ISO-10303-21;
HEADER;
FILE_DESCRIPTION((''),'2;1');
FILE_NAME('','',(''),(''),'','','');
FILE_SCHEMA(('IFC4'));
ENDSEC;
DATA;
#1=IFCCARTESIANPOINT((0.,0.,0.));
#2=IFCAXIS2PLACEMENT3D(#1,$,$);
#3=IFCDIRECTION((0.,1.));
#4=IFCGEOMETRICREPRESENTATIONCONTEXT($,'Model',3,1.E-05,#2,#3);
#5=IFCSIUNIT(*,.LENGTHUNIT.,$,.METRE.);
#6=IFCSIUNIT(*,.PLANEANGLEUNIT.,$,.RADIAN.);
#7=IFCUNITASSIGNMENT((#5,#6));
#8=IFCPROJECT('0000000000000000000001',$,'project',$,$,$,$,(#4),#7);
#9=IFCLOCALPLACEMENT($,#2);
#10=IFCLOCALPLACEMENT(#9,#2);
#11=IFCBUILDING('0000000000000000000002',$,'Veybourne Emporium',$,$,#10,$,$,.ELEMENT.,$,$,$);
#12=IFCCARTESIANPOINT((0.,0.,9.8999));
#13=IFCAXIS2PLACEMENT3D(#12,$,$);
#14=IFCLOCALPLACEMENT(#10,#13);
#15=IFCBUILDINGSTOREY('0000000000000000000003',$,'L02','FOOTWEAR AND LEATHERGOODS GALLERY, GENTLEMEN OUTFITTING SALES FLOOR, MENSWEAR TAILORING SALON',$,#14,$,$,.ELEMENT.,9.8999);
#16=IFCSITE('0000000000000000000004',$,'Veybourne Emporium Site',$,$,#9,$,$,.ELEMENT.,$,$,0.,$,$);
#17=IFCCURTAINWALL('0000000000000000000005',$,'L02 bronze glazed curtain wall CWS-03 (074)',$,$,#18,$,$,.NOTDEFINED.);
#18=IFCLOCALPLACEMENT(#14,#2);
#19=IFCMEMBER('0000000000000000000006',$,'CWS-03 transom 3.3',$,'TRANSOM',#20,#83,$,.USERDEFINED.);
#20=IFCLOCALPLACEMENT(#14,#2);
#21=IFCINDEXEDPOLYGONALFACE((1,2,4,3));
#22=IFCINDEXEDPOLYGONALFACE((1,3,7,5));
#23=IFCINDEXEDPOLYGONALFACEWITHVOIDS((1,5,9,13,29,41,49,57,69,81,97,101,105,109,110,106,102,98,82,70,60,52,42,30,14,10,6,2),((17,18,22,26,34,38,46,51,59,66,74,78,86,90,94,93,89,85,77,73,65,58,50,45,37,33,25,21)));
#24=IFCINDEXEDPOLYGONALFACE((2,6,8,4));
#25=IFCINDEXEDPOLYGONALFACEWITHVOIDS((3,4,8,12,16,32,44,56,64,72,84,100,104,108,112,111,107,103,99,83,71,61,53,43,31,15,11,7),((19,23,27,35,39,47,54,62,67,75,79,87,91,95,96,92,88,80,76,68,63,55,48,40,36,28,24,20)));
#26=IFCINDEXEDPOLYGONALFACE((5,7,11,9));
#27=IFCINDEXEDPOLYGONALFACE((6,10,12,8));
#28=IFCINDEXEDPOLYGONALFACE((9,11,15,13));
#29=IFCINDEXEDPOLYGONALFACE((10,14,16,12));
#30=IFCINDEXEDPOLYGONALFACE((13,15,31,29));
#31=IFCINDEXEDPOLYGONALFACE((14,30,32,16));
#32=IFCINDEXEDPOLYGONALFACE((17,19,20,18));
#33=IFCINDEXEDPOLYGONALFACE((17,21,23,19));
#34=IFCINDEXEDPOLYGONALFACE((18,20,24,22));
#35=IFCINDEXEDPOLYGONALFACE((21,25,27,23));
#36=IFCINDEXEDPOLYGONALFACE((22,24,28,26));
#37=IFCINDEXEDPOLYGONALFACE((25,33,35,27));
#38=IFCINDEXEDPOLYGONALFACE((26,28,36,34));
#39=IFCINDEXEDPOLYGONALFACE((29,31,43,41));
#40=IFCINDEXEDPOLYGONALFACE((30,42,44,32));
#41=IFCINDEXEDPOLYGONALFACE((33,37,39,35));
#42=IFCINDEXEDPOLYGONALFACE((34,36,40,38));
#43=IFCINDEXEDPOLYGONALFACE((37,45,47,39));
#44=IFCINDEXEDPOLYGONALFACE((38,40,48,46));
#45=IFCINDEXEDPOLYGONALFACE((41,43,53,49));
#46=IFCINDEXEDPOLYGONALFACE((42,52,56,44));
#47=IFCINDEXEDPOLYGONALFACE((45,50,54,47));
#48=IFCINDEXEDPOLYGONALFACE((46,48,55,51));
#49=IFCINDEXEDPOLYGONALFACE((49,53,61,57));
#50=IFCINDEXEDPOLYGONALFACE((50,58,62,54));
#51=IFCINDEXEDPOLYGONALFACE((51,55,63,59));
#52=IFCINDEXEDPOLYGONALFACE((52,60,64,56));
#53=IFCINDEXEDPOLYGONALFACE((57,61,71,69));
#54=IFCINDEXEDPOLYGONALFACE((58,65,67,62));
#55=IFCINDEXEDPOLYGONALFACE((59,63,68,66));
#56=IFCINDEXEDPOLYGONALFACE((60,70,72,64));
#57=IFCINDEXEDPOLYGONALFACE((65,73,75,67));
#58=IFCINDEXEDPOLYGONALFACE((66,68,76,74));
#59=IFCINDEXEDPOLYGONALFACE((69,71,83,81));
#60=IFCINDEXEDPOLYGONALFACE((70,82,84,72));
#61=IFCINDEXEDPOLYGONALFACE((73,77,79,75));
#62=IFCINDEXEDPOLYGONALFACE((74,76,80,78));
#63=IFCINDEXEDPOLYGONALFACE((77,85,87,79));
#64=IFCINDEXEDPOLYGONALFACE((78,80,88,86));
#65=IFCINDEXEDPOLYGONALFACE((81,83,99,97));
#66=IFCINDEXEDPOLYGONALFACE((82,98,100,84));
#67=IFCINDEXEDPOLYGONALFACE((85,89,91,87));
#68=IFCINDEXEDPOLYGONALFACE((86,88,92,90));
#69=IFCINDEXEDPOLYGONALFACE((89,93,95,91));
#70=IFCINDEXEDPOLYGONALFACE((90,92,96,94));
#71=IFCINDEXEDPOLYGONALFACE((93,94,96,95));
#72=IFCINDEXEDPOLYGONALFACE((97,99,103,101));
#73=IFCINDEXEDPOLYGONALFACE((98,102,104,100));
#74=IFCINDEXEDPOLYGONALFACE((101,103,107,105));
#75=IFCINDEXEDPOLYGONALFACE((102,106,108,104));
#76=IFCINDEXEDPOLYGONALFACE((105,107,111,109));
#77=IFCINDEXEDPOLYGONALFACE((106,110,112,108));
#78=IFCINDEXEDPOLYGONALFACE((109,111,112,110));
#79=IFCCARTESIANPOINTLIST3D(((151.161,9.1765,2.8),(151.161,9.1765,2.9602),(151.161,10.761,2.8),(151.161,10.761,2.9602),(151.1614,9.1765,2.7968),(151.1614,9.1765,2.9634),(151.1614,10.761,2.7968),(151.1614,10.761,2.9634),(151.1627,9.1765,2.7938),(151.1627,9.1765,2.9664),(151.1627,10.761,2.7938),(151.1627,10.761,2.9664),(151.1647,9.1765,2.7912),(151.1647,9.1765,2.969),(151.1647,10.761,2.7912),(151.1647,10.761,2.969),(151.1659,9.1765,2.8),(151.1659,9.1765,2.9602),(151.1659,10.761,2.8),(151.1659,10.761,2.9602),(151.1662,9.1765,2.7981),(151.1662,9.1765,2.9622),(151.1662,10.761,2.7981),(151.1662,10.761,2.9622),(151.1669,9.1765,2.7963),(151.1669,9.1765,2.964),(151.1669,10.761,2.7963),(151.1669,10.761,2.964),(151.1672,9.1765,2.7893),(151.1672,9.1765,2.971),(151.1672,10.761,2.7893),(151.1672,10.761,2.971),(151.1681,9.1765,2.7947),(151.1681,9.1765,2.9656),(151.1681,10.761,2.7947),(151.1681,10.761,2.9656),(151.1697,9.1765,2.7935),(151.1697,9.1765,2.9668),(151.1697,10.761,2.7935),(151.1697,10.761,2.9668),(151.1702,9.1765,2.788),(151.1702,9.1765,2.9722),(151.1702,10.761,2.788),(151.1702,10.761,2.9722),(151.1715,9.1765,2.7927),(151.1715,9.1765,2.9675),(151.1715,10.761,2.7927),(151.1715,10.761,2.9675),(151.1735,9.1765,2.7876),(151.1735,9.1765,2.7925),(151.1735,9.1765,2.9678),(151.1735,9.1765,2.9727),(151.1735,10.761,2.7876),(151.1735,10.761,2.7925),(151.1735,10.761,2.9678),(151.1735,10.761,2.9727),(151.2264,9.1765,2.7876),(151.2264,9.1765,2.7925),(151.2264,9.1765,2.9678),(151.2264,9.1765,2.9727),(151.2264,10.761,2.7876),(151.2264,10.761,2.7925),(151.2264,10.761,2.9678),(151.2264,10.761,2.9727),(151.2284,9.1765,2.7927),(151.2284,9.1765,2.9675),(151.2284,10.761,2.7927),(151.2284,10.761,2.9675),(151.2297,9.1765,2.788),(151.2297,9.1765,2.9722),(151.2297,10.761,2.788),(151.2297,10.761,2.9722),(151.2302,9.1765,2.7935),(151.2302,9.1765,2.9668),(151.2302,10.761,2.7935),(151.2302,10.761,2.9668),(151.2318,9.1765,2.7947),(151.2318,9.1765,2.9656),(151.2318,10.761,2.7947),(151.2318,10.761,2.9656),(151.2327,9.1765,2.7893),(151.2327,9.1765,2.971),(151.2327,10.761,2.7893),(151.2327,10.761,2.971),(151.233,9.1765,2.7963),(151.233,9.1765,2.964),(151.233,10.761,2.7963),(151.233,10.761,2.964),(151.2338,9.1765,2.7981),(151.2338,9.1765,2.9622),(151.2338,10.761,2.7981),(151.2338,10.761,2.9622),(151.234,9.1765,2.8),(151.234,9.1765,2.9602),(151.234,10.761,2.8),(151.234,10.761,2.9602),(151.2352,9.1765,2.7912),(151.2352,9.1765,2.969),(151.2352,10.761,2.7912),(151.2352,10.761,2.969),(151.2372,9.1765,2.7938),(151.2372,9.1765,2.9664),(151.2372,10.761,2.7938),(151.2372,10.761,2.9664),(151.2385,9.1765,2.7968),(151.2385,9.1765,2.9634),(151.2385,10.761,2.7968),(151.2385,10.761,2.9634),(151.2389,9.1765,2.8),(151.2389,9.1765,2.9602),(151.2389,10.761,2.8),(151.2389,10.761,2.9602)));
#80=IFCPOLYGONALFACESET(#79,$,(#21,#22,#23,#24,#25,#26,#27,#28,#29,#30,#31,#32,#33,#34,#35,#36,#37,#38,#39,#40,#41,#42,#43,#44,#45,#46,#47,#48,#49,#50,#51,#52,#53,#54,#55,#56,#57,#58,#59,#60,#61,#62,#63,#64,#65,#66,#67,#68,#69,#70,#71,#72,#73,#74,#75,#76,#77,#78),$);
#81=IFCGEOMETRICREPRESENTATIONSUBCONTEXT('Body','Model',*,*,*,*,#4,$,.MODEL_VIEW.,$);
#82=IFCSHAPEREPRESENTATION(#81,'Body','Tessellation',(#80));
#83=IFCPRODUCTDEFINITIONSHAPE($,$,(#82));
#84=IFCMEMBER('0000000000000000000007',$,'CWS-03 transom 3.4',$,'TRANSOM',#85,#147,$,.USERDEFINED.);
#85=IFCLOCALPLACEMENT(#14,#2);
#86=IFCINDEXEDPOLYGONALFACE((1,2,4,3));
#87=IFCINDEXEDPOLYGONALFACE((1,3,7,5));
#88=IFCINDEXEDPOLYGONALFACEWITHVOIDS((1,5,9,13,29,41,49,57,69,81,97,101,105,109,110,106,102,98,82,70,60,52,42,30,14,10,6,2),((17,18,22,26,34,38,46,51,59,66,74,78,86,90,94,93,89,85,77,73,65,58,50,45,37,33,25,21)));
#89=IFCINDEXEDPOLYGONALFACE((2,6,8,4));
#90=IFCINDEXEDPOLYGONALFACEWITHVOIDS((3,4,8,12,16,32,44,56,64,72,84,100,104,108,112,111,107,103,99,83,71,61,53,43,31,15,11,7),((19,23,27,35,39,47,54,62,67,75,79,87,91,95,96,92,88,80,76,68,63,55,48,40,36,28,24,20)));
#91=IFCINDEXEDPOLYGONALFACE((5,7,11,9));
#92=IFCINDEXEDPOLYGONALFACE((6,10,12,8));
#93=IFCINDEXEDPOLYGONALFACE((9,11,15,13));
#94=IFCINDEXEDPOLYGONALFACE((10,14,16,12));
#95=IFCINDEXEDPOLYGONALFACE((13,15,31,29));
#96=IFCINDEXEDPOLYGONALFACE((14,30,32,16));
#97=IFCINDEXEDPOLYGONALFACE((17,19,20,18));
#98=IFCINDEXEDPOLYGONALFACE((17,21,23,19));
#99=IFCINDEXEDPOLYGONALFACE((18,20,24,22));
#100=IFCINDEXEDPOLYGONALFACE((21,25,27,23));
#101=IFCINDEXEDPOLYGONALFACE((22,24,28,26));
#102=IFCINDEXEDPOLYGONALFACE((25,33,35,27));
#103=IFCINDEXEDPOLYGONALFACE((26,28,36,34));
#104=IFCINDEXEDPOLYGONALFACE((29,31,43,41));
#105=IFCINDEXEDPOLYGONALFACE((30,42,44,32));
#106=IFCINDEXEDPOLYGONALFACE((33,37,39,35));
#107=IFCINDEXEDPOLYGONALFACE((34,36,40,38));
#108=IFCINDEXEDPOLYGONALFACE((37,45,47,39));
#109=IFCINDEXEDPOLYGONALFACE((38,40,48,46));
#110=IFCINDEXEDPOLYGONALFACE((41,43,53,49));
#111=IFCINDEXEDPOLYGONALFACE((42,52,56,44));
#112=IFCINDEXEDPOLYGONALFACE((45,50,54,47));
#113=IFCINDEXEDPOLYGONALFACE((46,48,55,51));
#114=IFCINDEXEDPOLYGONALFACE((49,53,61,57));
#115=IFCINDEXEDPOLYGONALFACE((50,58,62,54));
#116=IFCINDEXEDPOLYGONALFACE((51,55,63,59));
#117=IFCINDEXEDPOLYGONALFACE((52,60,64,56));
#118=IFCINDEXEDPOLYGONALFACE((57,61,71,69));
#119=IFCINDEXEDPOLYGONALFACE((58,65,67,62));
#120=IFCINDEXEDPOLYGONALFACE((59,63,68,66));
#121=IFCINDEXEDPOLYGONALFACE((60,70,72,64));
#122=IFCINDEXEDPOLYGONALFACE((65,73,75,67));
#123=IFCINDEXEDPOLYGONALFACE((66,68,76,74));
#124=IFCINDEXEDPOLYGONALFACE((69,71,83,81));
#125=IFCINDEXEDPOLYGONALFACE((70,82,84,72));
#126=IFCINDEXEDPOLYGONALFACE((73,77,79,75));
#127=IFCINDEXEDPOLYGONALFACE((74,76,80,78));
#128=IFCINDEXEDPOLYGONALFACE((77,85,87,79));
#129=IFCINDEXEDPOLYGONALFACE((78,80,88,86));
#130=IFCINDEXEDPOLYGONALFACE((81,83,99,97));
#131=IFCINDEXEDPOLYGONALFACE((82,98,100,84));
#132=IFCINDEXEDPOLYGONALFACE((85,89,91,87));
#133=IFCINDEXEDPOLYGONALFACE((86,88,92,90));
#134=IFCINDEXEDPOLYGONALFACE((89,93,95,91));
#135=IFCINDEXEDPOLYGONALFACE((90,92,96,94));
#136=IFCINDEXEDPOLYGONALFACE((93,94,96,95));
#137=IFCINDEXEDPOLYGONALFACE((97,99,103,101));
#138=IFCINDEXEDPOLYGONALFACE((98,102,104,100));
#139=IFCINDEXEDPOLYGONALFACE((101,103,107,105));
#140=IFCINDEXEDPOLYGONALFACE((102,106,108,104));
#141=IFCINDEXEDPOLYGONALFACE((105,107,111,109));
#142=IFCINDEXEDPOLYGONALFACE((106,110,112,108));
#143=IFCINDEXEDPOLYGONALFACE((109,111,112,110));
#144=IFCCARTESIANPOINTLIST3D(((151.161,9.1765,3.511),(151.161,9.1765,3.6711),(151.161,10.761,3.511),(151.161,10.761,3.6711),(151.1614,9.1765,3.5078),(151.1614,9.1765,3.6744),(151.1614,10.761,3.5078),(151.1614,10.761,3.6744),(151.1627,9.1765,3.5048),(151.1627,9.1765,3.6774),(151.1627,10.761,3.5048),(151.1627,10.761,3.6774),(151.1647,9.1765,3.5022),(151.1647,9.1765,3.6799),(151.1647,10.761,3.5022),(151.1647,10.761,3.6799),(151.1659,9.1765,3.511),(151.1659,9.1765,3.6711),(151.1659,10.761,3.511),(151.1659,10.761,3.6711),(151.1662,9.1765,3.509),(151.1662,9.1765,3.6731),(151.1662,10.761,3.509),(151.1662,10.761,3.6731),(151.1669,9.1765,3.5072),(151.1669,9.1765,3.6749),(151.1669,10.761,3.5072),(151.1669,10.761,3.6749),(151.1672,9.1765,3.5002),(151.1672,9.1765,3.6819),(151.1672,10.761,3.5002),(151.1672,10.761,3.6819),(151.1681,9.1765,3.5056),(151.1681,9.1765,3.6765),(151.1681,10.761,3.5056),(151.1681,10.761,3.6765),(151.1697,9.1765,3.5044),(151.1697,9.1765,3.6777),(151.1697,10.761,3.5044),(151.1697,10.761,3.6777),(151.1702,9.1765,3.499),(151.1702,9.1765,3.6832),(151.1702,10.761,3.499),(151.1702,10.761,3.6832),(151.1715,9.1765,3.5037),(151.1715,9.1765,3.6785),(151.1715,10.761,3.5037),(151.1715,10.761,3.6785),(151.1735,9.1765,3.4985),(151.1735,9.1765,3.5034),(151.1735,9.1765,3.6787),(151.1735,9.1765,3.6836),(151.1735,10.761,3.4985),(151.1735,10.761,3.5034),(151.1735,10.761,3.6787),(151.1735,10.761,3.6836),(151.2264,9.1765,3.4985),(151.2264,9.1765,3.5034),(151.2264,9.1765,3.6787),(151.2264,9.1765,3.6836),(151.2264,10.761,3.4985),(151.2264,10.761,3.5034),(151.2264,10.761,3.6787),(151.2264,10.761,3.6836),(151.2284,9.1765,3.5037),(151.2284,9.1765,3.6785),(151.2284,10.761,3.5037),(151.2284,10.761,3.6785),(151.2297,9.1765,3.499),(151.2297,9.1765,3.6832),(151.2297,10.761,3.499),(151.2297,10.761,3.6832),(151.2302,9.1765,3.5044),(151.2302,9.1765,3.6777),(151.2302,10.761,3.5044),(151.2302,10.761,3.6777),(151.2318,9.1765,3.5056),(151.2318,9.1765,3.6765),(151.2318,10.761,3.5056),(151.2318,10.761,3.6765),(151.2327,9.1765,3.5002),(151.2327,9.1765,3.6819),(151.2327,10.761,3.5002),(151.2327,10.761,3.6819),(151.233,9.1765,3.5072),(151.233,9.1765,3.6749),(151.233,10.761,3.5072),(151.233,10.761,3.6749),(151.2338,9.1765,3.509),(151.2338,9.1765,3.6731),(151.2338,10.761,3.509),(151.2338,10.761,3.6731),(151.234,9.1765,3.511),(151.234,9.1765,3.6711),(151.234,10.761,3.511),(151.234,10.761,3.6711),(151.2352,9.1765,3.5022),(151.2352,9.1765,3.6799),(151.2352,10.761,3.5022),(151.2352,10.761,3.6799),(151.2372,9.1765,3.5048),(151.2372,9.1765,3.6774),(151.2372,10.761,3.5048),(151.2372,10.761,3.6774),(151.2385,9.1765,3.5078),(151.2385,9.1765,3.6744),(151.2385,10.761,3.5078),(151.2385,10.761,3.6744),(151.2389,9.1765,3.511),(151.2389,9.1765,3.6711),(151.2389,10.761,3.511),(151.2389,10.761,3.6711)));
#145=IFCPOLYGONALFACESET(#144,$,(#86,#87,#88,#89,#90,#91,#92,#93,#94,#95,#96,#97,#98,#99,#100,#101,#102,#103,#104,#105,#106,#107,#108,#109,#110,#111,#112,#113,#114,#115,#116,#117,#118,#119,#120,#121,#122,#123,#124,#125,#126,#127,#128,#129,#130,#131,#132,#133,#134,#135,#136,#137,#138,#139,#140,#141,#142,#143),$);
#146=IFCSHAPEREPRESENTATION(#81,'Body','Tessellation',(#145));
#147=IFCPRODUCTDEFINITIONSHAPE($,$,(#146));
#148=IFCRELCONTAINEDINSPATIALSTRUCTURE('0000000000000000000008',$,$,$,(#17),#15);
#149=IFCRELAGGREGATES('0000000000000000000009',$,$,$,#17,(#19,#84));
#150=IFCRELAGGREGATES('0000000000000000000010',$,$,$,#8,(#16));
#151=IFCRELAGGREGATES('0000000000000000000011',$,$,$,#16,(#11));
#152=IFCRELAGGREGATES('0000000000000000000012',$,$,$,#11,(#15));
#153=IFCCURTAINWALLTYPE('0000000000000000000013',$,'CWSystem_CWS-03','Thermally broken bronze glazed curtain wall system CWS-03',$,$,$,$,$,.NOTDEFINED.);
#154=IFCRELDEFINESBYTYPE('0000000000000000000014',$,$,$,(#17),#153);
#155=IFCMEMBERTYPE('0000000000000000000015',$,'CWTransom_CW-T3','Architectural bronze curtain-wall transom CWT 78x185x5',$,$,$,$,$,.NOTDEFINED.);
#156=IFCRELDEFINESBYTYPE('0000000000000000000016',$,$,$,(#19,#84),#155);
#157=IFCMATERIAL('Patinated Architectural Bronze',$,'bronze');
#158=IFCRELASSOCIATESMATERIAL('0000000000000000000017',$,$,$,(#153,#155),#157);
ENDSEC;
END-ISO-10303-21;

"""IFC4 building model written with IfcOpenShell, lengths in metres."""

from ifc_helpers import new_model, si_unit, direction, frame, origin, origin_2d, place, context, subcontext, project, spatial, hollow_rectangle, extrude, material, material_profile, profile_set, type_object, element, aggregate, save


model = new_model("IFC4")

# Units and contexts
model_context = context("Model", 3, precision=1e-05, world=origin(), true_north=direction((0.0, 1.0)))
body_context = subcontext(model_context, "Body", "Model", "MODEL_VIEW")
ifc_project = project(units=[si_unit("LENGTHUNIT", "METRE"), si_unit("PLANEANGLEUNIT", "RADIAN")], contexts=[model_context])

# Site, building, storey
site_placement = place(None, origin())
site = spatial("IfcSite", under=ifc_project, at=site_placement, Name="Veybourne Emporium Site", CompositionType="ELEMENT", RefElevation=0.0)
building_placement = place(site_placement, origin())
building = spatial("IfcBuilding", under=site, at=building_placement, Name="Veybourne Emporium", CompositionType="ELEMENT")
storey_placement = place(building_placement, frame((0.0, 0.0, 9.8999)))
storey = spatial("IfcBuildingStorey", under=building, at=storey_placement, Name="L02", Description="FOOTWEAR AND LEATHERGOODS GALLERY, GENTLEMEN OUTFITTING SALES FLOOR, MENSWEAR TAILORING SALON", CompositionType="ELEMENT", Elevation=9.8999)

# Curtain wall
ifc_material_1 = material(Name="Patinated Architectural Bronze", Category="bronze")
curtain_wall_type_1 = type_object("IfcCurtainWallType", Name="CWSystem_CWS-03", Description="Thermally broken bronze glazed curtain wall system CWS-03", PredefinedType="NOTDEFINED", material=ifc_material_1)
curtain_wall_1_placement = place(storey_placement, origin())
curtain_wall_1 = element("IfcCurtainWall", 1, at=curtain_wall_1_placement, inside=storey, type_object=curtain_wall_type_1, Name="L02 bronze glazed curtain wall CWS-03 (074)", PredefinedType="NOTDEFINED")

# Members
ifc_material_profile_1 = material_profile(ifc_material_1, hollow_rectangle(XDim=0.0779, YDim=0.1851, WallThickness=0.0049, InnerFilletRadius=0.0076, OuterFilletRadius=0.0125, at=origin_2d()), Name="CWT 78x185x5")
ifc_profile_set_1 = profile_set([ifc_material_profile_1], Name="Patinated Architectural Bronze")
member_type_1 = type_object("IfcMemberType", Name="CWTransom_CW-T3", Description="Architectural bronze curtain-wall transom CWT 78x185x5", PredefinedType="NOTDEFINED", material=ifc_profile_set_1)
member_1_placement = place(storey_placement, frame((151.2, 10.761, 2.8801), z_axis=(0.0, -1.0, 0.0), x_axis=(1.0, 0.0, 0.0)))
member_1 = element("IfcMember", 2, at=member_1_placement, type_object=member_type_1, Name="CWS-03 transom 3.3", ObjectType="TRANSOM", PredefinedType="USERDEFINED", context=body_context, shape_type="SweptSolid", body=[
    extrude(hollow_rectangle(XDim=0.0779, YDim=0.1851, WallThickness=0.0049, InnerFilletRadius=0.0076, OuterFilletRadius=0.0125, at=origin_2d()), origin(), (0.0, 0.0, 1.0), 1.5845),
])
member_2_placement = place(storey_placement, frame((151.2, 10.761, 3.5911), z_axis=(0.0, -1.0, 0.0), x_axis=(1.0, 0.0, 0.0)))
member_2 = element("IfcMember", 3, at=member_2_placement, type_object=member_type_1, Name="CWS-03 transom 3.4", ObjectType="TRANSOM", PredefinedType="USERDEFINED", context=body_context, shape_type="SweptSolid", body=[
    extrude(hollow_rectangle(XDim=0.0779, YDim=0.1851, WallThickness=0.0049, InnerFilletRadius=0.0076, OuterFilletRadius=0.0125, at=origin_2d()), origin(), (0.0, 0.0, 1.0), 1.5845),
])

aggregate(curtain_wall_1, [member_1, member_2])

save(model, "model.ifc")
